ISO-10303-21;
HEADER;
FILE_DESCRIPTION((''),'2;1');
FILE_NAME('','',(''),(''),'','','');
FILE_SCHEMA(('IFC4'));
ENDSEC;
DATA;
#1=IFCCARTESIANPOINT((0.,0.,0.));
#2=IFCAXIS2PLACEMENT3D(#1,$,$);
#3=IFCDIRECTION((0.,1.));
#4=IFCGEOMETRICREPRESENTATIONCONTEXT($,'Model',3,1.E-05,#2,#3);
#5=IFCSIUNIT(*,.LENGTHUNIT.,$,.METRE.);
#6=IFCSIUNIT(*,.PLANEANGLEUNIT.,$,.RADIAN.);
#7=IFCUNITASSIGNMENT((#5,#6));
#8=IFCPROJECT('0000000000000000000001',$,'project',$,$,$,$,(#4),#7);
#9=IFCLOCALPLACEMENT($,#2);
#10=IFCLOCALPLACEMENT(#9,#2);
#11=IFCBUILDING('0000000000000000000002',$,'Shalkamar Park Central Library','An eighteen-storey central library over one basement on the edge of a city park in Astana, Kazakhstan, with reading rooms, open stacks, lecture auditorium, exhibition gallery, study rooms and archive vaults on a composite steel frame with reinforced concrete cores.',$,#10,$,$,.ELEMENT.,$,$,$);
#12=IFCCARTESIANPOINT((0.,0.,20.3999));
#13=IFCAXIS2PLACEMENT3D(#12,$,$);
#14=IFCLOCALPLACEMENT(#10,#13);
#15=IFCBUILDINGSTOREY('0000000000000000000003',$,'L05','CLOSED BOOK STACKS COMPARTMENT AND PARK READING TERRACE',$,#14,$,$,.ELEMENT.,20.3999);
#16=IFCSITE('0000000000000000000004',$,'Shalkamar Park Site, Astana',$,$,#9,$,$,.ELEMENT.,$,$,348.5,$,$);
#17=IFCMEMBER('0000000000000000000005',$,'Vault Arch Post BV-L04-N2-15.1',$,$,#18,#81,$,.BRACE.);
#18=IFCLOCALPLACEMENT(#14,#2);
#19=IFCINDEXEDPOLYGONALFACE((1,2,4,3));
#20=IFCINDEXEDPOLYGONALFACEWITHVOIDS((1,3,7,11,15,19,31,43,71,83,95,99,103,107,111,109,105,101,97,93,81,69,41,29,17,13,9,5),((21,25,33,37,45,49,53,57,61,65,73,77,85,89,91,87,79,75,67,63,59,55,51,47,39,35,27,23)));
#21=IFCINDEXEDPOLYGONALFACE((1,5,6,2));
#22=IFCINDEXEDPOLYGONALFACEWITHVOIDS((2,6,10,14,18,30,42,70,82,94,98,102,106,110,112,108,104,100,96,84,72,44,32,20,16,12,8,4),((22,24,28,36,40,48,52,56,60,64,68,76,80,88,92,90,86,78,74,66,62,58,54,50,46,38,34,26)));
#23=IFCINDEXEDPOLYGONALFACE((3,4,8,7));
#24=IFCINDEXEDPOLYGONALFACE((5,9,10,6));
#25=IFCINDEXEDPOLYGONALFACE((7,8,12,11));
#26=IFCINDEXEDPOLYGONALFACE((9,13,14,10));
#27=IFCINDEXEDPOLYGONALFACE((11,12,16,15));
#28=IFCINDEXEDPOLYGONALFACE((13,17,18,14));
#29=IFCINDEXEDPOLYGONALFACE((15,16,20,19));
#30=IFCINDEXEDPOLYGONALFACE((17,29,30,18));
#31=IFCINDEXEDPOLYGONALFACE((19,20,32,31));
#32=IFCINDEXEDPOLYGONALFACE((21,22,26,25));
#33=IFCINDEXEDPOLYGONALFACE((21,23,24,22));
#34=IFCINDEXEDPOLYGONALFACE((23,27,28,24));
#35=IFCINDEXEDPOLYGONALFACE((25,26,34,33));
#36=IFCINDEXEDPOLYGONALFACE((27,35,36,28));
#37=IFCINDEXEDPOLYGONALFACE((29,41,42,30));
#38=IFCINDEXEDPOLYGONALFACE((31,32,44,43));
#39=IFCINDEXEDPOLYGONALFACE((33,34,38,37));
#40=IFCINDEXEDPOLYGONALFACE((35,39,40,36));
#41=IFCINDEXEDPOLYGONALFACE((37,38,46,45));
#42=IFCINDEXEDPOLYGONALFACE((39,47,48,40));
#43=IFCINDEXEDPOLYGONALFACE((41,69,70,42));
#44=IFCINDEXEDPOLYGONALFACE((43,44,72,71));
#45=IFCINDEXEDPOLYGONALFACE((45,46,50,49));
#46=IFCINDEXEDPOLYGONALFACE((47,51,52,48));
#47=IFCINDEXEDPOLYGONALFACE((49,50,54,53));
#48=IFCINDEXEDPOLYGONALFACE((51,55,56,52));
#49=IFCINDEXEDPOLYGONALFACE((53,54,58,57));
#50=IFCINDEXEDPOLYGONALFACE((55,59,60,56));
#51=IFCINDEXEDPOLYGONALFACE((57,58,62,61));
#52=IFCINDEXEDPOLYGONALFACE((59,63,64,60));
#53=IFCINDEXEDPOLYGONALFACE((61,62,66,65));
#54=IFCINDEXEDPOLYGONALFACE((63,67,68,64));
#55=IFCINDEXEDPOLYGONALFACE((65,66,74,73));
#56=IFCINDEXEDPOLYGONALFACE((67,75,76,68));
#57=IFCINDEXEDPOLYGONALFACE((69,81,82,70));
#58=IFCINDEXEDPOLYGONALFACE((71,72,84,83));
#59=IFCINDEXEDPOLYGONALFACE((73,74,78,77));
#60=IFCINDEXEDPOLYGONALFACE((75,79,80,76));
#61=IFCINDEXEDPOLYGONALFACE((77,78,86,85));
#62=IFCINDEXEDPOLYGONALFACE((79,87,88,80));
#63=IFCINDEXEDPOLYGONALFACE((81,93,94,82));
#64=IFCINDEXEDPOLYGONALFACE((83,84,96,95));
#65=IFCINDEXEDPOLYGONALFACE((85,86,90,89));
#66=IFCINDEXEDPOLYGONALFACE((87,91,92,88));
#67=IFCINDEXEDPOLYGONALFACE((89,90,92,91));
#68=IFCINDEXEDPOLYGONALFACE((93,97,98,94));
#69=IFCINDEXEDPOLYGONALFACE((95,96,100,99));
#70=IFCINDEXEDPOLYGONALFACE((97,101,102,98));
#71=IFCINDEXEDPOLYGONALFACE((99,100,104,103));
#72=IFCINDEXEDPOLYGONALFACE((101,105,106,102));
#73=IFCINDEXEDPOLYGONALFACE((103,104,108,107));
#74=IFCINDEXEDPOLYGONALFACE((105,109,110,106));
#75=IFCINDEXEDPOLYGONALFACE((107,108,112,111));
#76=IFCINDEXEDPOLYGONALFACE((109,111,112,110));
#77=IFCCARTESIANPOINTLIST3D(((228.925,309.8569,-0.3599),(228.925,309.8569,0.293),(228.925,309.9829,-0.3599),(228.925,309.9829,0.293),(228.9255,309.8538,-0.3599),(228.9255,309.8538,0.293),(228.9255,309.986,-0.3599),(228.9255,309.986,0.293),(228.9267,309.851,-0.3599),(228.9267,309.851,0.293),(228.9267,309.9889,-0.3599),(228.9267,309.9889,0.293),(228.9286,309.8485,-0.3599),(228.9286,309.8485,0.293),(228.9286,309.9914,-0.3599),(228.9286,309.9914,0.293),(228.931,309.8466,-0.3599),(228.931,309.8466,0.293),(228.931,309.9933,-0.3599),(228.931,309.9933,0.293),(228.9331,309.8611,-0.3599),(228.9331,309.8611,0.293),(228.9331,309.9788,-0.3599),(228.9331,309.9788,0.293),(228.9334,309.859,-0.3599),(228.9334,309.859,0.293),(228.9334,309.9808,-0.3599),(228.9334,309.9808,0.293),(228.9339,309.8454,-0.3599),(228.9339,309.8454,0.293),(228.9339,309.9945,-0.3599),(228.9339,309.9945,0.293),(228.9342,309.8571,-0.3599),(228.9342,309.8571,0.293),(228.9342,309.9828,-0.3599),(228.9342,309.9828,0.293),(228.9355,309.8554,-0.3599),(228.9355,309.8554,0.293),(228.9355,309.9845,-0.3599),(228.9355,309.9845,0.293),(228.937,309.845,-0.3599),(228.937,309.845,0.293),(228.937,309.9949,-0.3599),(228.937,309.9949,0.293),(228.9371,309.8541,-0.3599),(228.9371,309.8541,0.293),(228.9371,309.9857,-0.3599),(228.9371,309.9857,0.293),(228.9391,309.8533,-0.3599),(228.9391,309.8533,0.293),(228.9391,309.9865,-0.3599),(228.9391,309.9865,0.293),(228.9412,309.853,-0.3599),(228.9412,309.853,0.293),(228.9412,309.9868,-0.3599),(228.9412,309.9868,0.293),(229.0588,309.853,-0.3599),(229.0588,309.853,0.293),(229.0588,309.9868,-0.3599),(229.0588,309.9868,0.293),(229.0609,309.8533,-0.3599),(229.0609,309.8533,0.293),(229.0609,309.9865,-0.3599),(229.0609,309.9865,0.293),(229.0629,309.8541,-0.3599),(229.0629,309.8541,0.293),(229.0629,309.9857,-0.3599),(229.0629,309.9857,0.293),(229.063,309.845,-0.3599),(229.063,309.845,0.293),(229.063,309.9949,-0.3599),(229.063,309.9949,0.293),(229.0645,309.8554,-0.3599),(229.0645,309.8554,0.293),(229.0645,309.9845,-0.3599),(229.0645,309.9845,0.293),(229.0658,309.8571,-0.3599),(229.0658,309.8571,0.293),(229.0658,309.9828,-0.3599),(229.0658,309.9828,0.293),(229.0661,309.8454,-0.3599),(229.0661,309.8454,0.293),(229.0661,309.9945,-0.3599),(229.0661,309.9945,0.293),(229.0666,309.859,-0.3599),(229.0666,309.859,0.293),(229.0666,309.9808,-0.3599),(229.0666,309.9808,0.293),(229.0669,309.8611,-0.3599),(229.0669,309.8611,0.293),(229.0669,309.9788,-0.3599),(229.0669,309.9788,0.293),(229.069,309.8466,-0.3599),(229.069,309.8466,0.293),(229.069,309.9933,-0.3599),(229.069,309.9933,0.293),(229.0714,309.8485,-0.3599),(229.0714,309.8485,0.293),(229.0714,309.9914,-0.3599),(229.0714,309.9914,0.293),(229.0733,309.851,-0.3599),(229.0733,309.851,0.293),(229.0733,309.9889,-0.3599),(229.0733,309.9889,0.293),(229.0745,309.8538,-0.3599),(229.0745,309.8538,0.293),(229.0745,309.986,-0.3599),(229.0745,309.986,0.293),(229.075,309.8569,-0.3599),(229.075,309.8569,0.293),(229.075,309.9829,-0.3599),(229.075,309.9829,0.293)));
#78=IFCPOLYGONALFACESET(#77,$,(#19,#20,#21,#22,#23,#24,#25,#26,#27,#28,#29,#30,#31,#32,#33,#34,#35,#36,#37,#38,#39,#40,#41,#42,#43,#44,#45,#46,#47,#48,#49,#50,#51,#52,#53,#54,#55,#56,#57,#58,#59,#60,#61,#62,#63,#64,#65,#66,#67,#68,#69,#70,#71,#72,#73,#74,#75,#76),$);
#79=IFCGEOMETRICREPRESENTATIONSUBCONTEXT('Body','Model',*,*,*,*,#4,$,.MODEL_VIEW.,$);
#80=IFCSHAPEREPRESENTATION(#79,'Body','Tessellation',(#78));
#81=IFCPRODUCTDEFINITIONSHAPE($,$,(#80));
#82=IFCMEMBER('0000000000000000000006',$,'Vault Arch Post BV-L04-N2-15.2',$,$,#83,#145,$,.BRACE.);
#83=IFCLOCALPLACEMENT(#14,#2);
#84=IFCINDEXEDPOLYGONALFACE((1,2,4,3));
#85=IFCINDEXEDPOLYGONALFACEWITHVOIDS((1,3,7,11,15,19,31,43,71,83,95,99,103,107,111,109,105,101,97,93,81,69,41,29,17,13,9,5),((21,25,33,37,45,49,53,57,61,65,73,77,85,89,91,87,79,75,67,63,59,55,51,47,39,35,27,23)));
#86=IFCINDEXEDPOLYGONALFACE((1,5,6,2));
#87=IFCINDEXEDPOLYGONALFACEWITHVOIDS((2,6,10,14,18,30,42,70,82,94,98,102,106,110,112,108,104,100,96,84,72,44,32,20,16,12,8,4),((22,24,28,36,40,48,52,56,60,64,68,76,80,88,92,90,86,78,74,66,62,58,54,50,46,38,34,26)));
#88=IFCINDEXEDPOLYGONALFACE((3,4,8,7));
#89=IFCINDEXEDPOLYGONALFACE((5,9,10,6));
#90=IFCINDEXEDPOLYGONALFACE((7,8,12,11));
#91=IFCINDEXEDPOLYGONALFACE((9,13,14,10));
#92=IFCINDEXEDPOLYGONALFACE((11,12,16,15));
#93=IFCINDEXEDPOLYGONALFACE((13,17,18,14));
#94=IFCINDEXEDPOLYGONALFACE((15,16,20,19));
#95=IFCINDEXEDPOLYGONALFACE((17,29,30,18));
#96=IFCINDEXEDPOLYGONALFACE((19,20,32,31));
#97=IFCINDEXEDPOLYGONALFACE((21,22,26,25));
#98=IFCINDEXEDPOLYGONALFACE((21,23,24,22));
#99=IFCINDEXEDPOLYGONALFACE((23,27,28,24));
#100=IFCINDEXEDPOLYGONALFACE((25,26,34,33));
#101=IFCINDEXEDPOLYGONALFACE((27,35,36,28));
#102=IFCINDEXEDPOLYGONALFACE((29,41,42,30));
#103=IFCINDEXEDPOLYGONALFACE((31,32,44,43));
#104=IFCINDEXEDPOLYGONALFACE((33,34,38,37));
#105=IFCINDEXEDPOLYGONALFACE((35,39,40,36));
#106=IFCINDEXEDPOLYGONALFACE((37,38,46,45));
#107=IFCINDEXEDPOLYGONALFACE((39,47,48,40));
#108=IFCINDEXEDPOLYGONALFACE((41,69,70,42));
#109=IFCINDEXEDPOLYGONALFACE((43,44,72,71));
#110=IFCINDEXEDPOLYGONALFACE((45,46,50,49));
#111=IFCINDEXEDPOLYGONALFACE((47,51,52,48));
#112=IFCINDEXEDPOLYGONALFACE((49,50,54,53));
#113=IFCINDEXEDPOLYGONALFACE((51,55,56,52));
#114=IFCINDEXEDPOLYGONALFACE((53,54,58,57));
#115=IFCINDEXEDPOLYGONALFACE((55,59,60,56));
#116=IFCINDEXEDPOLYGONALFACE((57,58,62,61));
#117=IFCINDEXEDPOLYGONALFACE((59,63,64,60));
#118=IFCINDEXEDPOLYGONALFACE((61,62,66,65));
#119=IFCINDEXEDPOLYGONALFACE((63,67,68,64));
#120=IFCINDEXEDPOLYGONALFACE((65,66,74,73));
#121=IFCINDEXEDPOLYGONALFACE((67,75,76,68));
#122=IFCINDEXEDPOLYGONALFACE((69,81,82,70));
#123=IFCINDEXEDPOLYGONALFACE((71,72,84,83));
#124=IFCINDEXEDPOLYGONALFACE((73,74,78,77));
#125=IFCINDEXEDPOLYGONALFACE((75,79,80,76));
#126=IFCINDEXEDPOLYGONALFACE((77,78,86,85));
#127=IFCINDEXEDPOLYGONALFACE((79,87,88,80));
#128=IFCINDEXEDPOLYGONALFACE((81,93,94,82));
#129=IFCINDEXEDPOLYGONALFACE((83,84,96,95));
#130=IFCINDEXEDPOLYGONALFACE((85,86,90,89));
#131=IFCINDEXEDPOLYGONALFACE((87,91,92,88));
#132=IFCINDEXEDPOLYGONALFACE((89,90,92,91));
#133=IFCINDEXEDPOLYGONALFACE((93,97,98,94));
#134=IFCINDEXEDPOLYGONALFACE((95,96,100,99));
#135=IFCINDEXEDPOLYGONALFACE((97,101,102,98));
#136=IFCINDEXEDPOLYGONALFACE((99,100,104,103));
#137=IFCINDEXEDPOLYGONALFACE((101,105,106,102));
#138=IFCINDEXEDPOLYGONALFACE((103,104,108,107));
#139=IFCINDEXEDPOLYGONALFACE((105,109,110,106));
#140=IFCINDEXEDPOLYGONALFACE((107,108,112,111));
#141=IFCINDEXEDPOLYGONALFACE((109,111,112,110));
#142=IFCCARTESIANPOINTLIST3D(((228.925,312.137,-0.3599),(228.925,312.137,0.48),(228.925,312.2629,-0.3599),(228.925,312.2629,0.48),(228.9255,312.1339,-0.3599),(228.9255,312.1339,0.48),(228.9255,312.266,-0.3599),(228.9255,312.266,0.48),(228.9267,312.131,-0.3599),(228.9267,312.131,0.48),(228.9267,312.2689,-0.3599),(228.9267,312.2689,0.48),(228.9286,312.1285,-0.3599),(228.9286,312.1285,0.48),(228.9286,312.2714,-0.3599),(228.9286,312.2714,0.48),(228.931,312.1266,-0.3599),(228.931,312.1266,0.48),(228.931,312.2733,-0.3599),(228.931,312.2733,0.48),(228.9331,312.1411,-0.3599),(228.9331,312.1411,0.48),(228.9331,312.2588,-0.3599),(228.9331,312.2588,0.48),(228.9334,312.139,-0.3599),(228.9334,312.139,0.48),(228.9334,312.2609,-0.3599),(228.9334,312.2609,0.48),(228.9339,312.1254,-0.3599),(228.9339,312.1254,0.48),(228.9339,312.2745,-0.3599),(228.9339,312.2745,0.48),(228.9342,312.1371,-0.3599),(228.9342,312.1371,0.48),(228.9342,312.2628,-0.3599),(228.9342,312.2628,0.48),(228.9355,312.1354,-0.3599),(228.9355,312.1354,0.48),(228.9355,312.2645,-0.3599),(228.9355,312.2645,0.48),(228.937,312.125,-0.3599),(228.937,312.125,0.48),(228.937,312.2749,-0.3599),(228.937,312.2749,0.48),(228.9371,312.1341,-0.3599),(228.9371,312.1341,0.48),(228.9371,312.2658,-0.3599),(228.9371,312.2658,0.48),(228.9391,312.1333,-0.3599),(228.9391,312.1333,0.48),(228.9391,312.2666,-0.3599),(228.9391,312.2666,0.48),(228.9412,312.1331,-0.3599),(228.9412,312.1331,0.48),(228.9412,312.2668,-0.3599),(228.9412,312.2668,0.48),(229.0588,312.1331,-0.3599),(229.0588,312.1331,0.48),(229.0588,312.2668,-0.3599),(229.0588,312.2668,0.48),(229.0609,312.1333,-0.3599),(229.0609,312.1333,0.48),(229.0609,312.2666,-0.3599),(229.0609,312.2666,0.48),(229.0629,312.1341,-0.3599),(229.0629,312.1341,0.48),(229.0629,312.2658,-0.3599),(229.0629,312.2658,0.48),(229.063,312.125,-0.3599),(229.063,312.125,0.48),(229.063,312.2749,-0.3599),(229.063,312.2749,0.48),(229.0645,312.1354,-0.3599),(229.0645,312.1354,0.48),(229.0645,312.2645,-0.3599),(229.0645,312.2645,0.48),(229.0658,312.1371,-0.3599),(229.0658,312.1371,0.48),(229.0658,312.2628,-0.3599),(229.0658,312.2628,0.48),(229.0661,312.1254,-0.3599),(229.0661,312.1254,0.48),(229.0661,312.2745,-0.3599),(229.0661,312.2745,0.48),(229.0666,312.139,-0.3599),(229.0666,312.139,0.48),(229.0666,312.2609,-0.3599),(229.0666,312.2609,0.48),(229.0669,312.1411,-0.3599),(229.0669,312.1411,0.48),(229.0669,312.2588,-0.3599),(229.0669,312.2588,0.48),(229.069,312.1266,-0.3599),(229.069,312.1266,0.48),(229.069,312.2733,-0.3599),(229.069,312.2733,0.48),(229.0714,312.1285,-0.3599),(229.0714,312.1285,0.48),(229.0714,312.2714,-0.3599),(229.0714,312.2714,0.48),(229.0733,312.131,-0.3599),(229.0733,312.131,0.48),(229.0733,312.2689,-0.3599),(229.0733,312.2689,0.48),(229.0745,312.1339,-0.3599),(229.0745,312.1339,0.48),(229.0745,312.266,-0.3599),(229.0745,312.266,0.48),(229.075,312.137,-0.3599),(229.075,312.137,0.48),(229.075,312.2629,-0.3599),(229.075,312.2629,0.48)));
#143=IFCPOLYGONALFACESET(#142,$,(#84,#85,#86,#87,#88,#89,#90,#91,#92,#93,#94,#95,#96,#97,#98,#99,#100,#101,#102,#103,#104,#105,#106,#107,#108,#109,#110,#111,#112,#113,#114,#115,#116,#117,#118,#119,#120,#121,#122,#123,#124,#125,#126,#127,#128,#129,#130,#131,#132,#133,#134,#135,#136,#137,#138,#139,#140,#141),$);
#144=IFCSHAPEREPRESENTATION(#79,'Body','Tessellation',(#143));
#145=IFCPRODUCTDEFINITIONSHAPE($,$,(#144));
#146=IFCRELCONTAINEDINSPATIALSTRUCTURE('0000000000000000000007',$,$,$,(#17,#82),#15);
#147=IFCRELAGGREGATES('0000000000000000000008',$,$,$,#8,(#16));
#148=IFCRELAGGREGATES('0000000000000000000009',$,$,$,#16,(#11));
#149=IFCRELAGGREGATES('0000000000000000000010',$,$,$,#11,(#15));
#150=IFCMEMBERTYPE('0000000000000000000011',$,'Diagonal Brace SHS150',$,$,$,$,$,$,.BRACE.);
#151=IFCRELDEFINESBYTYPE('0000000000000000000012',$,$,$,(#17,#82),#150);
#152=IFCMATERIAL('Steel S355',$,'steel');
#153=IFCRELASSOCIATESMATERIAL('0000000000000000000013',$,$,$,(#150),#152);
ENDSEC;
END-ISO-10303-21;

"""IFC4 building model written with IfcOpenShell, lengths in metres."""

from ifc_helpers import new_model, si_unit, direction, frame, origin, origin_2d, place, context, subcontext, project, spatial, hollow_rectangle, extrude, material, material_profile, profile_set, type_object, element, save


model = new_model("IFC4")

# Units and contexts
model_context = context("Model", 3, precision=1e-05, world=origin(), true_north=direction((0.0, 1.0)))
body_context = subcontext(model_context, "Body", "Model", "MODEL_VIEW")
ifc_project = project(units=[si_unit("LENGTHUNIT", "METRE"), si_unit("PLANEANGLEUNIT", "RADIAN")], contexts=[model_context])

# Site, building, storey
site_placement = place(None, origin())
site = spatial("IfcSite", under=ifc_project, at=site_placement, Name="Shalkamar Park Site, Astana", CompositionType="ELEMENT", RefElevation=348.5)
building_placement = place(site_placement, origin())
building = spatial("IfcBuilding", under=site, at=building_placement, Name="Shalkamar Park Central Library", Description="An eighteen-storey central library over one basement on the edge of a city park in Astana, Kazakhstan, with reading rooms, open stacks, lecture auditorium, exhibition gallery, study rooms and archive vaults on a composite steel frame with reinforced concrete cores.", CompositionType="ELEMENT")
storey_placement = place(building_placement, frame((0.0, 0.0, 20.3999)))
storey = spatial("IfcBuildingStorey", under=building, at=storey_placement, Name="L05", Description="CLOSED BOOK STACKS COMPARTMENT AND PARK READING TERRACE", CompositionType="ELEMENT", Elevation=20.3999)

# Members
ifc_material = material(Name="Steel S355", Category="steel")
ifc_material_profile_1 = material_profile(ifc_material, hollow_rectangle(XDim=0.1499, YDim=0.1499, WallThickness=0.0081, InnerFilletRadius=0.0081, OuterFilletRadius=0.012, at=origin_2d()), Name="SHS 150x150x8")
ifc_profile_set_1 = profile_set([ifc_material_profile_1], Name="Steel S355")
member_type_1 = type_object("IfcMemberType", Name="Diagonal Brace SHS150", PredefinedType="BRACE", material=ifc_profile_set_1)
for number, where, z_axis, x_axis, name in (
    (1, (229.0, 309.9199, -0.3599), (0.0, 0.0, 1.0), (1.0, 0.0, 0.0), "Vault Arch Post BV-L04-N2-15.1"),
):
    element("IfcMember", number, at=place(storey_placement, frame(where, z_axis=z_axis, x_axis=x_axis)), inside=storey, type_object=member_type_1, Name=name, PredefinedType="BRACE", context=body_context, shape_type="SweptSolid", body=[
        extrude(hollow_rectangle(XDim=0.1499, YDim=0.1499, WallThickness=0.0081, InnerFilletRadius=0.0081, OuterFilletRadius=0.012, at=origin_2d()), origin(), (0.0, 0.0, 1.0), 0.6528),
    ])
member_1_placement = place(storey_placement, frame((229.0, 312.2, -0.3599), z_axis=(0.0, 0.0, 1.0), x_axis=(1.0, 0.0, 0.0)))
element("IfcMember", 2, at=member_1_placement, inside=storey, type_object=member_type_1, Name="Vault Arch Post BV-L04-N2-15.2", PredefinedType="BRACE", context=body_context, shape_type="SweptSolid", body=[
    extrude(hollow_rectangle(XDim=0.1499, YDim=0.1499, WallThickness=0.0081, InnerFilletRadius=0.0081, OuterFilletRadius=0.012, at=origin_2d()), origin(), (0.0, 0.0, 1.0), 0.8398),
])

save(model, "model.ifc")
